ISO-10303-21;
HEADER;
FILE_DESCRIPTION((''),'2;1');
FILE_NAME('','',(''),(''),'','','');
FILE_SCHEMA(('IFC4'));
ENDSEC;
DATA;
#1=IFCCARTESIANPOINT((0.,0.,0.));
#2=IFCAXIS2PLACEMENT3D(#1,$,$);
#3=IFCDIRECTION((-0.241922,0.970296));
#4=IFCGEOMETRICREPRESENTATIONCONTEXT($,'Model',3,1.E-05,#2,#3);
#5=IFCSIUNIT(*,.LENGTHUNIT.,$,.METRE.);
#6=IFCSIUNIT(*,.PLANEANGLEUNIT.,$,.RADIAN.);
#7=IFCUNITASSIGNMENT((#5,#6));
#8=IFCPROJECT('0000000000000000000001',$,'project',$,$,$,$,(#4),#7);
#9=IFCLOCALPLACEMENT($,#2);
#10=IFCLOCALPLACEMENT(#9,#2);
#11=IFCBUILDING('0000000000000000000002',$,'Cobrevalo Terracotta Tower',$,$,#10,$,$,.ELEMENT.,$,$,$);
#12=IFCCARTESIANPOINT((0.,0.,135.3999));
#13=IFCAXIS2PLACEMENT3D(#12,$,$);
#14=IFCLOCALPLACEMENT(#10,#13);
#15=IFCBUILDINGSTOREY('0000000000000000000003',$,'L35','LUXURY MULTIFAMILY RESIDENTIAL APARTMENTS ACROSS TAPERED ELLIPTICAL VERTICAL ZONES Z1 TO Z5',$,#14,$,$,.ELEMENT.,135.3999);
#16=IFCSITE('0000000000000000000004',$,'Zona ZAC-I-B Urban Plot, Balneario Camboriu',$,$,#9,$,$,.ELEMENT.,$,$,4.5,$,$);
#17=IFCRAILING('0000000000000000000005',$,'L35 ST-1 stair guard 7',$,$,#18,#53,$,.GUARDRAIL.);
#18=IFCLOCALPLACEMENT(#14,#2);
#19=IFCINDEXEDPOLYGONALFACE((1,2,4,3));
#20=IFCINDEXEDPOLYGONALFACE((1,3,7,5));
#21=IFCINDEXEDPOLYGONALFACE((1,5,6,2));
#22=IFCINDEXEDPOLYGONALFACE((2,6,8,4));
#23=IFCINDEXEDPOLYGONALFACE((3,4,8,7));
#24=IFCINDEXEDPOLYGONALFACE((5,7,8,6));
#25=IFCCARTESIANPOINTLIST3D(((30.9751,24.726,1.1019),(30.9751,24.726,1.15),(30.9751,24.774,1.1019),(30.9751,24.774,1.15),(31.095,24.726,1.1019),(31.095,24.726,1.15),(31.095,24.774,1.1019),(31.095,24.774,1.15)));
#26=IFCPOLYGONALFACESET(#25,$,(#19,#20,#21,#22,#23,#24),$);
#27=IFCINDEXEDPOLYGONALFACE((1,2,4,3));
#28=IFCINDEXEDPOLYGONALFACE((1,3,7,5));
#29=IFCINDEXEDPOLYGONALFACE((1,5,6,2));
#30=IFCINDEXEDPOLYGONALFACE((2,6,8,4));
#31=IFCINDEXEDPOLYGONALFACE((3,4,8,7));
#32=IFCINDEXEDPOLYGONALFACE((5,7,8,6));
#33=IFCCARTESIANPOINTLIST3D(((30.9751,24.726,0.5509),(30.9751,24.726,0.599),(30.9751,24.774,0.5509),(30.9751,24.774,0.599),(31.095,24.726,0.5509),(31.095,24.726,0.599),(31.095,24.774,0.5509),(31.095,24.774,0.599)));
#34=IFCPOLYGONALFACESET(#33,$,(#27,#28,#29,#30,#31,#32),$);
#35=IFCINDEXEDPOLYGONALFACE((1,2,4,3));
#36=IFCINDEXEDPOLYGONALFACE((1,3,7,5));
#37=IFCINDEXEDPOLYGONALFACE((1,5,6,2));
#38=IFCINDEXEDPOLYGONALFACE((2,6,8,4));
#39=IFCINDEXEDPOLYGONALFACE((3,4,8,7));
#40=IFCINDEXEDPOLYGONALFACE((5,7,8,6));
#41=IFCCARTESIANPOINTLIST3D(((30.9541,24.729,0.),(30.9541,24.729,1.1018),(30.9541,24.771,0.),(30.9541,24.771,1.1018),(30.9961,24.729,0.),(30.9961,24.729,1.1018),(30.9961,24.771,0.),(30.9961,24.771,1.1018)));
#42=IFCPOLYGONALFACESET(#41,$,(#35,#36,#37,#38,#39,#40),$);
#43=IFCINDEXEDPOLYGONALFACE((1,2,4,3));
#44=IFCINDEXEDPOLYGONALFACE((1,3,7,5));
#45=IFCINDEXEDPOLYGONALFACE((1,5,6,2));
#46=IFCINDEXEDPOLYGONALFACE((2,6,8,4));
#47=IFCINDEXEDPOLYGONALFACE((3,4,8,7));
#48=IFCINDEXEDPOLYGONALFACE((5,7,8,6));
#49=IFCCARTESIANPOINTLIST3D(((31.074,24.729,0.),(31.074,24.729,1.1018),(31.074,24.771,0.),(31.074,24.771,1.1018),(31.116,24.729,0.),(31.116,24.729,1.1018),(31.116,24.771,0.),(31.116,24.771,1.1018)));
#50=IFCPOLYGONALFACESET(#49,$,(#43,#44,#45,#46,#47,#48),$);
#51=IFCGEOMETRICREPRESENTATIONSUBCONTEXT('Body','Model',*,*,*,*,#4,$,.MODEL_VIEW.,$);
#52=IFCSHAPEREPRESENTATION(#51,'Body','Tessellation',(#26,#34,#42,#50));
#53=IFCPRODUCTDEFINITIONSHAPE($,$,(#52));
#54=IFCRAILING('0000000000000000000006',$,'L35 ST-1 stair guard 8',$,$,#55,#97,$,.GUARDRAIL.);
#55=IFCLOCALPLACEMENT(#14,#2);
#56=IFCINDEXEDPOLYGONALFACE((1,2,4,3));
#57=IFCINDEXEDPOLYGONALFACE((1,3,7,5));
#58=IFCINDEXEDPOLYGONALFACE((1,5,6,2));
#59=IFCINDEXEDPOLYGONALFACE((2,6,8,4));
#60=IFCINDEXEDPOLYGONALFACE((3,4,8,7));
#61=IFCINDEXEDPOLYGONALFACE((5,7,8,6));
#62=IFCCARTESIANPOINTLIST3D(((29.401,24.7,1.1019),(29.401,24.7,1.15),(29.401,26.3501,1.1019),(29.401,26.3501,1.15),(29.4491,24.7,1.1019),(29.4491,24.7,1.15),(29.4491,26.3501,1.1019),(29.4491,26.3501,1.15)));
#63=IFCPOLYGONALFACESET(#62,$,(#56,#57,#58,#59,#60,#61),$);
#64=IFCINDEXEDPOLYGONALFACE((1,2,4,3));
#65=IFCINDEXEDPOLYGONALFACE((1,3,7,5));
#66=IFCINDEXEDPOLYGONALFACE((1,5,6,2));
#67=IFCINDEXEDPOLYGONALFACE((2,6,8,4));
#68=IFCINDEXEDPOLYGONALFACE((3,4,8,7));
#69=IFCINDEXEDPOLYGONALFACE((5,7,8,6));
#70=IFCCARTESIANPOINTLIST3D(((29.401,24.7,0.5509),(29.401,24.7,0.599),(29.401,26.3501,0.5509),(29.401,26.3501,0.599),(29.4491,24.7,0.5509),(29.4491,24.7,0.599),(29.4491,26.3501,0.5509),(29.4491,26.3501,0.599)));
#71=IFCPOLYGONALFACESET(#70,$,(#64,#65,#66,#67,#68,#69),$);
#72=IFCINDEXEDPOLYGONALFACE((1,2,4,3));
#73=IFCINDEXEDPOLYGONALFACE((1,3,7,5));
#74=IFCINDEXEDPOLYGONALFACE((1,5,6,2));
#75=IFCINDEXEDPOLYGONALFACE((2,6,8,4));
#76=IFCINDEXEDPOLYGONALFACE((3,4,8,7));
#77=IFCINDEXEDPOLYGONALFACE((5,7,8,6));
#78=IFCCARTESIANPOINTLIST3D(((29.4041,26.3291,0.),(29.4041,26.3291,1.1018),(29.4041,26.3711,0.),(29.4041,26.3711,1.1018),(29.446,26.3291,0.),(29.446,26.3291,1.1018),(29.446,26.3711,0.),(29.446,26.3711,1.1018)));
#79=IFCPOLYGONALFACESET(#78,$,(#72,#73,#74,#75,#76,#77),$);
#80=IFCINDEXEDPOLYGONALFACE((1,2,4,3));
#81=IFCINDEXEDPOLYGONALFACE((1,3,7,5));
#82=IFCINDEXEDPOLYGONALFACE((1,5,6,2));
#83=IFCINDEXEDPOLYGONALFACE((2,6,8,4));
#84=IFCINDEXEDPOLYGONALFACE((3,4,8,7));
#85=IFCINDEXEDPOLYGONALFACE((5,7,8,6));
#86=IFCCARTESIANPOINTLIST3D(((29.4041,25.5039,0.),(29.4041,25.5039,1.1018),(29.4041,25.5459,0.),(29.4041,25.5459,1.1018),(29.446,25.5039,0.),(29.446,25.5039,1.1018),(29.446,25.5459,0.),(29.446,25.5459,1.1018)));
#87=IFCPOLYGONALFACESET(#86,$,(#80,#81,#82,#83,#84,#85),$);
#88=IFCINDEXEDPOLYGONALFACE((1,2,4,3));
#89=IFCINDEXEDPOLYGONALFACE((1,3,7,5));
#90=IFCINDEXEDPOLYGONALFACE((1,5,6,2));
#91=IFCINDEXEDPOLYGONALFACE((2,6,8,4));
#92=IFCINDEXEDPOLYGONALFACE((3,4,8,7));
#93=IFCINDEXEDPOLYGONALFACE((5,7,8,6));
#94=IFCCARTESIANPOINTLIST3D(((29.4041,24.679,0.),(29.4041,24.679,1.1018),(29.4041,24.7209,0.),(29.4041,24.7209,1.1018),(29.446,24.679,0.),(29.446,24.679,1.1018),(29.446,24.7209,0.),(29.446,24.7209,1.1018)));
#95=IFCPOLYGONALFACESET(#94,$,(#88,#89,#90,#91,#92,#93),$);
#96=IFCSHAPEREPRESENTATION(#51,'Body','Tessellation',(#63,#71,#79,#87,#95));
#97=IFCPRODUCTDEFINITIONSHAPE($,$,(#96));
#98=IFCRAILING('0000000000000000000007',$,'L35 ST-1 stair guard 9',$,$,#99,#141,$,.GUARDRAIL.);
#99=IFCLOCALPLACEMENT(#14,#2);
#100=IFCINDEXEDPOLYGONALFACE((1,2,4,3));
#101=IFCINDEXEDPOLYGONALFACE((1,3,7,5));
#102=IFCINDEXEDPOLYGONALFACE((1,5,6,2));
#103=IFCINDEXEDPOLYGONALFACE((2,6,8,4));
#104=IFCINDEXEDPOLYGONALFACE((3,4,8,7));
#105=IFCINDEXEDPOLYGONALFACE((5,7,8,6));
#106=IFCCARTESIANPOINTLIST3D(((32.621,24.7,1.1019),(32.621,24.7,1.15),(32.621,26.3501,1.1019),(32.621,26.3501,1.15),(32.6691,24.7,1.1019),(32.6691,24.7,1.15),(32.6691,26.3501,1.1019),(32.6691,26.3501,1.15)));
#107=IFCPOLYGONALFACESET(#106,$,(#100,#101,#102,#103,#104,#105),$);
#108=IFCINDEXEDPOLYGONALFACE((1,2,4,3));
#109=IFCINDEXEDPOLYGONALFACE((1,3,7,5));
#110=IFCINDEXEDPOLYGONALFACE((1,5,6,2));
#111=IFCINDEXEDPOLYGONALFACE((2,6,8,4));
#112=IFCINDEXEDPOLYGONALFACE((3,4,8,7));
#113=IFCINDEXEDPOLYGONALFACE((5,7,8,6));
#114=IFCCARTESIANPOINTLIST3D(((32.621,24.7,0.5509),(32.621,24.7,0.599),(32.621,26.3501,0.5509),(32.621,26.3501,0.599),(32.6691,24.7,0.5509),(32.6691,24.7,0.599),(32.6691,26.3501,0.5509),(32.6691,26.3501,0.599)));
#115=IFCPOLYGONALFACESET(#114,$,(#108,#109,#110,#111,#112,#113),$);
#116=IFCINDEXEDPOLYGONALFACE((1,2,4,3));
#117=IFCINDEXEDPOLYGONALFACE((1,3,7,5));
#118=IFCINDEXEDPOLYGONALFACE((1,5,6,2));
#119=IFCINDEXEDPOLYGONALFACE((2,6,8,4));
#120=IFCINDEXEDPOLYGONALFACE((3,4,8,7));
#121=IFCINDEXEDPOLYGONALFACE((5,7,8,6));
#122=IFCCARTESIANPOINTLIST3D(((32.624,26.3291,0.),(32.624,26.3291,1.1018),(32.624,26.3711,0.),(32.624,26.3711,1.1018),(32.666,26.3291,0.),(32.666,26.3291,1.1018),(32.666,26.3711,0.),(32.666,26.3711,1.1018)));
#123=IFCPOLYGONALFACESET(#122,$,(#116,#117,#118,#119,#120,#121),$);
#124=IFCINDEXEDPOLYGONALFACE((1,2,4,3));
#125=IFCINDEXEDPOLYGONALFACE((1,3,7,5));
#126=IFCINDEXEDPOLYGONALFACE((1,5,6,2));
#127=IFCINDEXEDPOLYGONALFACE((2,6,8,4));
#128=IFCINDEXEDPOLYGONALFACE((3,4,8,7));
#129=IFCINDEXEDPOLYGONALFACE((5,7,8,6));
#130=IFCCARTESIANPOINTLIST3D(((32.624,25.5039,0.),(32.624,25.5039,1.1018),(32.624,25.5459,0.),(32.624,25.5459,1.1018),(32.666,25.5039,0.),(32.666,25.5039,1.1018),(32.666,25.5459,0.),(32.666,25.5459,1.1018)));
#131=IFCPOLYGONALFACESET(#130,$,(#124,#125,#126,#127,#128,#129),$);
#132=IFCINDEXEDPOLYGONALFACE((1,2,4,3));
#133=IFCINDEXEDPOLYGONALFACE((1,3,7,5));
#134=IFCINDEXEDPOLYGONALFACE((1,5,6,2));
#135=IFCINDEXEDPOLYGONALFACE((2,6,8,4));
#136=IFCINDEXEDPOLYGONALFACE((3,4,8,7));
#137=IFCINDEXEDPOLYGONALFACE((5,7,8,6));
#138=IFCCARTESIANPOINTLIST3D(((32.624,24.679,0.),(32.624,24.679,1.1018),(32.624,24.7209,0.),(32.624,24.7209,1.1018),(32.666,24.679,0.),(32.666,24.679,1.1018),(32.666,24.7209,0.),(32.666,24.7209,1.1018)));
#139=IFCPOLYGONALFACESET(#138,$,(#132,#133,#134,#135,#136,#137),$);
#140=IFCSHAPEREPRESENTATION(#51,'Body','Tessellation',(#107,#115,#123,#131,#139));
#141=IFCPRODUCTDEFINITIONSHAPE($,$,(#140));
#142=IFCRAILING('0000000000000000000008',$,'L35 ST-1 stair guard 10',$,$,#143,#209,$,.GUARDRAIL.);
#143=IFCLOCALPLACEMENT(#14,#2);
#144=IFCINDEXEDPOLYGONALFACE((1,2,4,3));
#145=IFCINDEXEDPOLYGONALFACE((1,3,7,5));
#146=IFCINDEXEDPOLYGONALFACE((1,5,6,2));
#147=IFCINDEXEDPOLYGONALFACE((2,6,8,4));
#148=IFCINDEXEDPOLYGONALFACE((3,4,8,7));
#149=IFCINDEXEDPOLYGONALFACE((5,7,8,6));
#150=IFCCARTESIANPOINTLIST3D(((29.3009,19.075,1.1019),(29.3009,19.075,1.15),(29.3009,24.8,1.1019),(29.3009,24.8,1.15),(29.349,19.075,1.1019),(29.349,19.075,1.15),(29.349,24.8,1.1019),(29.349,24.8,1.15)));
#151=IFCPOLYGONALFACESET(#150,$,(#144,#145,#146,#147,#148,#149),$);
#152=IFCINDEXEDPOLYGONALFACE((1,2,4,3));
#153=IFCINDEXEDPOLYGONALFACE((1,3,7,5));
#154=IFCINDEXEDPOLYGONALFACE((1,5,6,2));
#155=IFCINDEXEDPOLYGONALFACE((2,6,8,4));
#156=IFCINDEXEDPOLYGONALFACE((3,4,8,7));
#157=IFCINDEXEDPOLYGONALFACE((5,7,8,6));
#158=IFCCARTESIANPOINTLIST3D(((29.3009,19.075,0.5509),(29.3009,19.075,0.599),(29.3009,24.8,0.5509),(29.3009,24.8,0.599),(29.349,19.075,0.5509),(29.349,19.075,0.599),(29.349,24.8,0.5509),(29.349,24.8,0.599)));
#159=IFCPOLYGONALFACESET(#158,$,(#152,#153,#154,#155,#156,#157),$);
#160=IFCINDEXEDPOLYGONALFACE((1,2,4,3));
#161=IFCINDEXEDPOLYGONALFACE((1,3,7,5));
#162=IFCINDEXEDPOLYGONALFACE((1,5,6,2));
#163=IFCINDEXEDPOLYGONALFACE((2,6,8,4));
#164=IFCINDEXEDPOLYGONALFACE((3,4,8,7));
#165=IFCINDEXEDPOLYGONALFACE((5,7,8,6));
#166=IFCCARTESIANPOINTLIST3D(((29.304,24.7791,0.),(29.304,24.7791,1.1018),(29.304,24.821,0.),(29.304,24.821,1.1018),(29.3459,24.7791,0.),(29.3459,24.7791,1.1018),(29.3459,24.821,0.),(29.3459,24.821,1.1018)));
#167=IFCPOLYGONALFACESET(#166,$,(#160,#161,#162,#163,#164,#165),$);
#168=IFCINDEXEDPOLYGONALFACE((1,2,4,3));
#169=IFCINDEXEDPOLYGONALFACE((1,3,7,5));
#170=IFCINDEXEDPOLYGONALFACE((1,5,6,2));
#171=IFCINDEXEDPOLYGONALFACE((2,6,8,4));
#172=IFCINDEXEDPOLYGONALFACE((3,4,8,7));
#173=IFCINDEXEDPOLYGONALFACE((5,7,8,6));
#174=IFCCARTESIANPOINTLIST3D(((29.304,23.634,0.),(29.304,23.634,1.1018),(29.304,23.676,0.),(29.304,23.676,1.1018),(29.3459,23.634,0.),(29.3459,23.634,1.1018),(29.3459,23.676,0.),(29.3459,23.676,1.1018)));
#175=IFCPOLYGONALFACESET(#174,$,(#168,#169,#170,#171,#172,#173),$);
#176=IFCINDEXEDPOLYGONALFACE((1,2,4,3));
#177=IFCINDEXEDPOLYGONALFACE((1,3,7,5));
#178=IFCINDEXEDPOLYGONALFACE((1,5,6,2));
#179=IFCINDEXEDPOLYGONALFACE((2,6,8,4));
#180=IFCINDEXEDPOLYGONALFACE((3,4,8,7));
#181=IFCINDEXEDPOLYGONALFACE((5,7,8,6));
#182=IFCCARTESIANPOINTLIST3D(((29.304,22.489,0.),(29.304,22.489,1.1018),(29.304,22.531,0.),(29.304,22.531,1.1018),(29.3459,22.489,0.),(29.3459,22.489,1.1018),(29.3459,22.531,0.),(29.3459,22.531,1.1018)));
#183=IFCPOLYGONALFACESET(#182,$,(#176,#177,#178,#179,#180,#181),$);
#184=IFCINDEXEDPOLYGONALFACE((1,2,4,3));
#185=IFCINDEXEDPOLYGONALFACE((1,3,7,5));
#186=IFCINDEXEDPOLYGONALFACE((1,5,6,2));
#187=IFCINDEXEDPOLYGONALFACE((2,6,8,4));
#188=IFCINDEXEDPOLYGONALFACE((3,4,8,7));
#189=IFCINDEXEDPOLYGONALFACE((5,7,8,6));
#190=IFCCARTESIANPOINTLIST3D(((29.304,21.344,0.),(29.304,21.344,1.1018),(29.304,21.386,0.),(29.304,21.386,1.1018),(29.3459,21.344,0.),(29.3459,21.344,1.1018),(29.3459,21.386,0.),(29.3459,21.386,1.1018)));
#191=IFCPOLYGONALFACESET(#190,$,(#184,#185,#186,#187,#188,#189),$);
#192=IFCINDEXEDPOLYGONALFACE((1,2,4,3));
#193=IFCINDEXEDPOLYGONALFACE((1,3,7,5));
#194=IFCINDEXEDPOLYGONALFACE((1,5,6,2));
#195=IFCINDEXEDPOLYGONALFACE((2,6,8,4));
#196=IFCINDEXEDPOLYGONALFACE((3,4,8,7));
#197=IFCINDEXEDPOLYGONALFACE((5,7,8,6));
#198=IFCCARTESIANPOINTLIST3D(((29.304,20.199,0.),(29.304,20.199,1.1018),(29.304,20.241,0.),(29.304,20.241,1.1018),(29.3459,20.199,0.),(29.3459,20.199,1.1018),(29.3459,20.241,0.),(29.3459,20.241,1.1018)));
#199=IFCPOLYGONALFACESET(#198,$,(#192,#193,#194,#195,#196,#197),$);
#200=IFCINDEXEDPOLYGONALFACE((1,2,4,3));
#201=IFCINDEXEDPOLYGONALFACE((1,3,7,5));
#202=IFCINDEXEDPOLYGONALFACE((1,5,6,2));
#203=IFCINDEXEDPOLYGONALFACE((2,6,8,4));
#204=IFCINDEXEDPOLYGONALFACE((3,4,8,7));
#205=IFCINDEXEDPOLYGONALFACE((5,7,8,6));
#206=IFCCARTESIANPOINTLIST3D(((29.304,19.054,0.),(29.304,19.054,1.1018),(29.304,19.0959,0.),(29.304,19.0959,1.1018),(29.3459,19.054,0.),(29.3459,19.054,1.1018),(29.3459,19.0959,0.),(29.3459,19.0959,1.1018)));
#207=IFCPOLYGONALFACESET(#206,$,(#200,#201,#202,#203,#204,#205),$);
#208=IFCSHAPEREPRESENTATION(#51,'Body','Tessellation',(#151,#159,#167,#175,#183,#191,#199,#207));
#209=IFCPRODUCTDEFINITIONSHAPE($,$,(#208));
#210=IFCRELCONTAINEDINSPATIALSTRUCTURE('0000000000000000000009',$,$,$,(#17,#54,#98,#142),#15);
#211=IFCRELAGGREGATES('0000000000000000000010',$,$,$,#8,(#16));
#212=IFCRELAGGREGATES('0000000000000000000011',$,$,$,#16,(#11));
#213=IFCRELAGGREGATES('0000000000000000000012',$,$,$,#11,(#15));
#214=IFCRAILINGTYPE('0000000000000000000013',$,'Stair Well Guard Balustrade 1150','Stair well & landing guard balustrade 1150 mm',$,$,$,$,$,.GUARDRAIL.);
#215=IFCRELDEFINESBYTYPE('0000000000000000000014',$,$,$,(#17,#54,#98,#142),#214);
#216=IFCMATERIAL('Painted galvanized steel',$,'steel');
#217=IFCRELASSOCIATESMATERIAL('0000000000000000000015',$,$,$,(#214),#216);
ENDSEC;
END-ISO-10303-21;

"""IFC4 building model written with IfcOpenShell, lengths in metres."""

from ifc_helpers import new_model, si_unit, direction, frame, origin, origin_2d, place, context, subcontext, project, spatial, rectangle, extrude, material, type_object, element, save


model = new_model("IFC4")

# Units and contexts
model_context = context("Model", 3, precision=1e-05, world=origin(), true_north=direction((-0.241922, 0.970296)))
body_context = subcontext(model_context, "Body", "Model", "MODEL_VIEW")
ifc_project = project(units=[si_unit("LENGTHUNIT", "METRE"), si_unit("PLANEANGLEUNIT", "RADIAN")], contexts=[model_context])

# Site, building, storey
site_placement = place(None, origin())
site = spatial("IfcSite", under=ifc_project, at=site_placement, Name="Zona ZAC-I-B Urban Plot, Balneario Camboriu", CompositionType="ELEMENT", RefElevation=4.5)
building_placement = place(site_placement, origin())
building = spatial("IfcBuilding", under=site, at=building_placement, Name="Cobrevalo Terracotta Tower", CompositionType="ELEMENT")
storey_placement = place(building_placement, frame((0.0, 0.0, 135.3999)))
storey = spatial("IfcBuildingStorey", under=building, at=storey_placement, Name="L35", Description="LUXURY MULTIFAMILY RESIDENTIAL APARTMENTS ACROSS TAPERED ELLIPTICAL VERTICAL ZONES Z1 TO Z5", CompositionType="ELEMENT", Elevation=135.3999)

# Railings
ifc_material_1 = material(Name="Painted galvanized steel", Category="steel")
railing_type_1 = type_object("IfcRailingType", Name="Stair Well Guard Balustrade 1150", Description="Stair well & landing guard balustrade 1150 mm", PredefinedType="GUARDRAIL", material=ifc_material_1)
railing_1_placement = place(storey_placement, frame((30.9751, 24.75, 0.0)))
element("IfcRailing", 1, at=railing_1_placement, inside=storey, type_object=railing_type_1, Name="L35 ST-1 stair guard 7", PredefinedType="GUARDRAIL", context=body_context, shape_type="SweptSolid", body=[
    extrude(rectangle(XDim=0.0481, YDim=0.0481, at=origin_2d()), frame((0.0, 0.0, 1.126), z_axis=(1.0, 0.0, 0.0), x_axis=(0.0, 1.0, 0.0)), (0.0, 0.0, 1.0), 0.1199),
    extrude(rectangle(XDim=0.0481, YDim=0.0481, at=origin_2d()), frame((0.0, 0.0, 0.575), z_axis=(1.0, 0.0, 0.0), x_axis=(0.0, 1.0, 0.0)), (0.0, 0.0, 1.0), 0.1199),
    extrude(rectangle(XDim=0.042, YDim=0.042, at=origin_2d()), origin(), (0.0, 0.0, 1.0), 1.1018),
    extrude(rectangle(XDim=0.042, YDim=0.042, at=origin_2d()), frame((0.1199, 0.0, 0.0)), (0.0, 0.0, 1.0), 1.1018),
])
for number, where, name in (
    (2, (29.425, 26.3501, 0.0), "L35 ST-1 stair guard 8"),
    (3, (32.645, 26.3501, 0.0), "L35 ST-1 stair guard 9"),
):
    element("IfcRailing", number, at=place(storey_placement, frame(where)), inside=storey, type_object=railing_type_1, Name=name, PredefinedType="GUARDRAIL", context=body_context, shape_type="SweptSolid", body=[
        extrude(rectangle(XDim=0.0481, YDim=0.0481, at=origin_2d()), frame((0.0, 0.0, 1.126), z_axis=(0.0, -1.0, 0.0), x_axis=(1.0, 0.0, 0.0)), (0.0, 0.0, 1.0), 1.6501),
        extrude(rectangle(XDim=0.0481, YDim=0.0481, at=origin_2d()), frame((0.0, 0.0, 0.575), z_axis=(0.0, -1.0, 0.0), x_axis=(1.0, 0.0, 0.0)), (0.0, 0.0, 1.0), 1.6501),
        extrude(rectangle(XDim=0.042, YDim=0.042, at=origin_2d()), origin(), (0.0, 0.0, 1.0), 1.1018),
        extrude(rectangle(XDim=0.042, YDim=0.042, at=origin_2d()), frame((0.0, -0.8252, 0.0)), (0.0, 0.0, 1.0), 1.1018),
        extrude(rectangle(XDim=0.042, YDim=0.042, at=origin_2d()), frame((0.0, -1.6501, 0.0)), (0.0, 0.0, 1.0), 1.1018),
    ])
for number, where, name in (
    (4, (29.325, 24.8, 0.0), "L35 ST-1 stair guard 10"),
):
    element("IfcRailing", number, at=place(storey_placement, frame(where)), inside=storey, type_object=railing_type_1, Name=name, PredefinedType="GUARDRAIL", context=body_context, shape_type="SweptSolid", body=[
        extrude(rectangle(XDim=0.0481, YDim=0.0481, at=origin_2d()), frame((0.0, 0.0, 1.126), z_axis=(0.0, -1.0, 0.0), x_axis=(1.0, 0.0, 0.0)), (0.0, 0.0, 1.0), 5.7251),
        extrude(rectangle(XDim=0.0481, YDim=0.0481, at=origin_2d()), frame((0.0, 0.0, 0.575), z_axis=(0.0, -1.0, 0.0), x_axis=(1.0, 0.0, 0.0)), (0.0, 0.0, 1.0), 5.7251),
        extrude(rectangle(XDim=0.042, YDim=0.042, at=origin_2d()), origin(), (0.0, 0.0, 1.0), 1.1018),
        extrude(rectangle(XDim=0.042, YDim=0.042, at=origin_2d()), frame((0.0, -1.145, 0.0)), (0.0, 0.0, 1.0), 1.1018),
        extrude(rectangle(XDim=0.042, YDim=0.042, at=origin_2d()), frame((0.0, -2.29, 0.0)), (0.0, 0.0, 1.0), 1.1018),
        extrude(rectangle(XDim=0.042, YDim=0.042, at=origin_2d()), frame((0.0, -3.4351, 0.0)), (0.0, 0.0, 1.0), 1.1018),
        extrude(rectangle(XDim=0.042, YDim=0.042, at=origin_2d()), frame((0.0, -4.5801, 0.0)), (0.0, 0.0, 1.0), 1.1018),
        extrude(rectangle(XDim=0.042, YDim=0.042, at=origin_2d()), frame((0.0, -5.7251, 0.0)), (0.0, 0.0, 1.0), 1.1018),
    ])

save(model, "model.ifc")
